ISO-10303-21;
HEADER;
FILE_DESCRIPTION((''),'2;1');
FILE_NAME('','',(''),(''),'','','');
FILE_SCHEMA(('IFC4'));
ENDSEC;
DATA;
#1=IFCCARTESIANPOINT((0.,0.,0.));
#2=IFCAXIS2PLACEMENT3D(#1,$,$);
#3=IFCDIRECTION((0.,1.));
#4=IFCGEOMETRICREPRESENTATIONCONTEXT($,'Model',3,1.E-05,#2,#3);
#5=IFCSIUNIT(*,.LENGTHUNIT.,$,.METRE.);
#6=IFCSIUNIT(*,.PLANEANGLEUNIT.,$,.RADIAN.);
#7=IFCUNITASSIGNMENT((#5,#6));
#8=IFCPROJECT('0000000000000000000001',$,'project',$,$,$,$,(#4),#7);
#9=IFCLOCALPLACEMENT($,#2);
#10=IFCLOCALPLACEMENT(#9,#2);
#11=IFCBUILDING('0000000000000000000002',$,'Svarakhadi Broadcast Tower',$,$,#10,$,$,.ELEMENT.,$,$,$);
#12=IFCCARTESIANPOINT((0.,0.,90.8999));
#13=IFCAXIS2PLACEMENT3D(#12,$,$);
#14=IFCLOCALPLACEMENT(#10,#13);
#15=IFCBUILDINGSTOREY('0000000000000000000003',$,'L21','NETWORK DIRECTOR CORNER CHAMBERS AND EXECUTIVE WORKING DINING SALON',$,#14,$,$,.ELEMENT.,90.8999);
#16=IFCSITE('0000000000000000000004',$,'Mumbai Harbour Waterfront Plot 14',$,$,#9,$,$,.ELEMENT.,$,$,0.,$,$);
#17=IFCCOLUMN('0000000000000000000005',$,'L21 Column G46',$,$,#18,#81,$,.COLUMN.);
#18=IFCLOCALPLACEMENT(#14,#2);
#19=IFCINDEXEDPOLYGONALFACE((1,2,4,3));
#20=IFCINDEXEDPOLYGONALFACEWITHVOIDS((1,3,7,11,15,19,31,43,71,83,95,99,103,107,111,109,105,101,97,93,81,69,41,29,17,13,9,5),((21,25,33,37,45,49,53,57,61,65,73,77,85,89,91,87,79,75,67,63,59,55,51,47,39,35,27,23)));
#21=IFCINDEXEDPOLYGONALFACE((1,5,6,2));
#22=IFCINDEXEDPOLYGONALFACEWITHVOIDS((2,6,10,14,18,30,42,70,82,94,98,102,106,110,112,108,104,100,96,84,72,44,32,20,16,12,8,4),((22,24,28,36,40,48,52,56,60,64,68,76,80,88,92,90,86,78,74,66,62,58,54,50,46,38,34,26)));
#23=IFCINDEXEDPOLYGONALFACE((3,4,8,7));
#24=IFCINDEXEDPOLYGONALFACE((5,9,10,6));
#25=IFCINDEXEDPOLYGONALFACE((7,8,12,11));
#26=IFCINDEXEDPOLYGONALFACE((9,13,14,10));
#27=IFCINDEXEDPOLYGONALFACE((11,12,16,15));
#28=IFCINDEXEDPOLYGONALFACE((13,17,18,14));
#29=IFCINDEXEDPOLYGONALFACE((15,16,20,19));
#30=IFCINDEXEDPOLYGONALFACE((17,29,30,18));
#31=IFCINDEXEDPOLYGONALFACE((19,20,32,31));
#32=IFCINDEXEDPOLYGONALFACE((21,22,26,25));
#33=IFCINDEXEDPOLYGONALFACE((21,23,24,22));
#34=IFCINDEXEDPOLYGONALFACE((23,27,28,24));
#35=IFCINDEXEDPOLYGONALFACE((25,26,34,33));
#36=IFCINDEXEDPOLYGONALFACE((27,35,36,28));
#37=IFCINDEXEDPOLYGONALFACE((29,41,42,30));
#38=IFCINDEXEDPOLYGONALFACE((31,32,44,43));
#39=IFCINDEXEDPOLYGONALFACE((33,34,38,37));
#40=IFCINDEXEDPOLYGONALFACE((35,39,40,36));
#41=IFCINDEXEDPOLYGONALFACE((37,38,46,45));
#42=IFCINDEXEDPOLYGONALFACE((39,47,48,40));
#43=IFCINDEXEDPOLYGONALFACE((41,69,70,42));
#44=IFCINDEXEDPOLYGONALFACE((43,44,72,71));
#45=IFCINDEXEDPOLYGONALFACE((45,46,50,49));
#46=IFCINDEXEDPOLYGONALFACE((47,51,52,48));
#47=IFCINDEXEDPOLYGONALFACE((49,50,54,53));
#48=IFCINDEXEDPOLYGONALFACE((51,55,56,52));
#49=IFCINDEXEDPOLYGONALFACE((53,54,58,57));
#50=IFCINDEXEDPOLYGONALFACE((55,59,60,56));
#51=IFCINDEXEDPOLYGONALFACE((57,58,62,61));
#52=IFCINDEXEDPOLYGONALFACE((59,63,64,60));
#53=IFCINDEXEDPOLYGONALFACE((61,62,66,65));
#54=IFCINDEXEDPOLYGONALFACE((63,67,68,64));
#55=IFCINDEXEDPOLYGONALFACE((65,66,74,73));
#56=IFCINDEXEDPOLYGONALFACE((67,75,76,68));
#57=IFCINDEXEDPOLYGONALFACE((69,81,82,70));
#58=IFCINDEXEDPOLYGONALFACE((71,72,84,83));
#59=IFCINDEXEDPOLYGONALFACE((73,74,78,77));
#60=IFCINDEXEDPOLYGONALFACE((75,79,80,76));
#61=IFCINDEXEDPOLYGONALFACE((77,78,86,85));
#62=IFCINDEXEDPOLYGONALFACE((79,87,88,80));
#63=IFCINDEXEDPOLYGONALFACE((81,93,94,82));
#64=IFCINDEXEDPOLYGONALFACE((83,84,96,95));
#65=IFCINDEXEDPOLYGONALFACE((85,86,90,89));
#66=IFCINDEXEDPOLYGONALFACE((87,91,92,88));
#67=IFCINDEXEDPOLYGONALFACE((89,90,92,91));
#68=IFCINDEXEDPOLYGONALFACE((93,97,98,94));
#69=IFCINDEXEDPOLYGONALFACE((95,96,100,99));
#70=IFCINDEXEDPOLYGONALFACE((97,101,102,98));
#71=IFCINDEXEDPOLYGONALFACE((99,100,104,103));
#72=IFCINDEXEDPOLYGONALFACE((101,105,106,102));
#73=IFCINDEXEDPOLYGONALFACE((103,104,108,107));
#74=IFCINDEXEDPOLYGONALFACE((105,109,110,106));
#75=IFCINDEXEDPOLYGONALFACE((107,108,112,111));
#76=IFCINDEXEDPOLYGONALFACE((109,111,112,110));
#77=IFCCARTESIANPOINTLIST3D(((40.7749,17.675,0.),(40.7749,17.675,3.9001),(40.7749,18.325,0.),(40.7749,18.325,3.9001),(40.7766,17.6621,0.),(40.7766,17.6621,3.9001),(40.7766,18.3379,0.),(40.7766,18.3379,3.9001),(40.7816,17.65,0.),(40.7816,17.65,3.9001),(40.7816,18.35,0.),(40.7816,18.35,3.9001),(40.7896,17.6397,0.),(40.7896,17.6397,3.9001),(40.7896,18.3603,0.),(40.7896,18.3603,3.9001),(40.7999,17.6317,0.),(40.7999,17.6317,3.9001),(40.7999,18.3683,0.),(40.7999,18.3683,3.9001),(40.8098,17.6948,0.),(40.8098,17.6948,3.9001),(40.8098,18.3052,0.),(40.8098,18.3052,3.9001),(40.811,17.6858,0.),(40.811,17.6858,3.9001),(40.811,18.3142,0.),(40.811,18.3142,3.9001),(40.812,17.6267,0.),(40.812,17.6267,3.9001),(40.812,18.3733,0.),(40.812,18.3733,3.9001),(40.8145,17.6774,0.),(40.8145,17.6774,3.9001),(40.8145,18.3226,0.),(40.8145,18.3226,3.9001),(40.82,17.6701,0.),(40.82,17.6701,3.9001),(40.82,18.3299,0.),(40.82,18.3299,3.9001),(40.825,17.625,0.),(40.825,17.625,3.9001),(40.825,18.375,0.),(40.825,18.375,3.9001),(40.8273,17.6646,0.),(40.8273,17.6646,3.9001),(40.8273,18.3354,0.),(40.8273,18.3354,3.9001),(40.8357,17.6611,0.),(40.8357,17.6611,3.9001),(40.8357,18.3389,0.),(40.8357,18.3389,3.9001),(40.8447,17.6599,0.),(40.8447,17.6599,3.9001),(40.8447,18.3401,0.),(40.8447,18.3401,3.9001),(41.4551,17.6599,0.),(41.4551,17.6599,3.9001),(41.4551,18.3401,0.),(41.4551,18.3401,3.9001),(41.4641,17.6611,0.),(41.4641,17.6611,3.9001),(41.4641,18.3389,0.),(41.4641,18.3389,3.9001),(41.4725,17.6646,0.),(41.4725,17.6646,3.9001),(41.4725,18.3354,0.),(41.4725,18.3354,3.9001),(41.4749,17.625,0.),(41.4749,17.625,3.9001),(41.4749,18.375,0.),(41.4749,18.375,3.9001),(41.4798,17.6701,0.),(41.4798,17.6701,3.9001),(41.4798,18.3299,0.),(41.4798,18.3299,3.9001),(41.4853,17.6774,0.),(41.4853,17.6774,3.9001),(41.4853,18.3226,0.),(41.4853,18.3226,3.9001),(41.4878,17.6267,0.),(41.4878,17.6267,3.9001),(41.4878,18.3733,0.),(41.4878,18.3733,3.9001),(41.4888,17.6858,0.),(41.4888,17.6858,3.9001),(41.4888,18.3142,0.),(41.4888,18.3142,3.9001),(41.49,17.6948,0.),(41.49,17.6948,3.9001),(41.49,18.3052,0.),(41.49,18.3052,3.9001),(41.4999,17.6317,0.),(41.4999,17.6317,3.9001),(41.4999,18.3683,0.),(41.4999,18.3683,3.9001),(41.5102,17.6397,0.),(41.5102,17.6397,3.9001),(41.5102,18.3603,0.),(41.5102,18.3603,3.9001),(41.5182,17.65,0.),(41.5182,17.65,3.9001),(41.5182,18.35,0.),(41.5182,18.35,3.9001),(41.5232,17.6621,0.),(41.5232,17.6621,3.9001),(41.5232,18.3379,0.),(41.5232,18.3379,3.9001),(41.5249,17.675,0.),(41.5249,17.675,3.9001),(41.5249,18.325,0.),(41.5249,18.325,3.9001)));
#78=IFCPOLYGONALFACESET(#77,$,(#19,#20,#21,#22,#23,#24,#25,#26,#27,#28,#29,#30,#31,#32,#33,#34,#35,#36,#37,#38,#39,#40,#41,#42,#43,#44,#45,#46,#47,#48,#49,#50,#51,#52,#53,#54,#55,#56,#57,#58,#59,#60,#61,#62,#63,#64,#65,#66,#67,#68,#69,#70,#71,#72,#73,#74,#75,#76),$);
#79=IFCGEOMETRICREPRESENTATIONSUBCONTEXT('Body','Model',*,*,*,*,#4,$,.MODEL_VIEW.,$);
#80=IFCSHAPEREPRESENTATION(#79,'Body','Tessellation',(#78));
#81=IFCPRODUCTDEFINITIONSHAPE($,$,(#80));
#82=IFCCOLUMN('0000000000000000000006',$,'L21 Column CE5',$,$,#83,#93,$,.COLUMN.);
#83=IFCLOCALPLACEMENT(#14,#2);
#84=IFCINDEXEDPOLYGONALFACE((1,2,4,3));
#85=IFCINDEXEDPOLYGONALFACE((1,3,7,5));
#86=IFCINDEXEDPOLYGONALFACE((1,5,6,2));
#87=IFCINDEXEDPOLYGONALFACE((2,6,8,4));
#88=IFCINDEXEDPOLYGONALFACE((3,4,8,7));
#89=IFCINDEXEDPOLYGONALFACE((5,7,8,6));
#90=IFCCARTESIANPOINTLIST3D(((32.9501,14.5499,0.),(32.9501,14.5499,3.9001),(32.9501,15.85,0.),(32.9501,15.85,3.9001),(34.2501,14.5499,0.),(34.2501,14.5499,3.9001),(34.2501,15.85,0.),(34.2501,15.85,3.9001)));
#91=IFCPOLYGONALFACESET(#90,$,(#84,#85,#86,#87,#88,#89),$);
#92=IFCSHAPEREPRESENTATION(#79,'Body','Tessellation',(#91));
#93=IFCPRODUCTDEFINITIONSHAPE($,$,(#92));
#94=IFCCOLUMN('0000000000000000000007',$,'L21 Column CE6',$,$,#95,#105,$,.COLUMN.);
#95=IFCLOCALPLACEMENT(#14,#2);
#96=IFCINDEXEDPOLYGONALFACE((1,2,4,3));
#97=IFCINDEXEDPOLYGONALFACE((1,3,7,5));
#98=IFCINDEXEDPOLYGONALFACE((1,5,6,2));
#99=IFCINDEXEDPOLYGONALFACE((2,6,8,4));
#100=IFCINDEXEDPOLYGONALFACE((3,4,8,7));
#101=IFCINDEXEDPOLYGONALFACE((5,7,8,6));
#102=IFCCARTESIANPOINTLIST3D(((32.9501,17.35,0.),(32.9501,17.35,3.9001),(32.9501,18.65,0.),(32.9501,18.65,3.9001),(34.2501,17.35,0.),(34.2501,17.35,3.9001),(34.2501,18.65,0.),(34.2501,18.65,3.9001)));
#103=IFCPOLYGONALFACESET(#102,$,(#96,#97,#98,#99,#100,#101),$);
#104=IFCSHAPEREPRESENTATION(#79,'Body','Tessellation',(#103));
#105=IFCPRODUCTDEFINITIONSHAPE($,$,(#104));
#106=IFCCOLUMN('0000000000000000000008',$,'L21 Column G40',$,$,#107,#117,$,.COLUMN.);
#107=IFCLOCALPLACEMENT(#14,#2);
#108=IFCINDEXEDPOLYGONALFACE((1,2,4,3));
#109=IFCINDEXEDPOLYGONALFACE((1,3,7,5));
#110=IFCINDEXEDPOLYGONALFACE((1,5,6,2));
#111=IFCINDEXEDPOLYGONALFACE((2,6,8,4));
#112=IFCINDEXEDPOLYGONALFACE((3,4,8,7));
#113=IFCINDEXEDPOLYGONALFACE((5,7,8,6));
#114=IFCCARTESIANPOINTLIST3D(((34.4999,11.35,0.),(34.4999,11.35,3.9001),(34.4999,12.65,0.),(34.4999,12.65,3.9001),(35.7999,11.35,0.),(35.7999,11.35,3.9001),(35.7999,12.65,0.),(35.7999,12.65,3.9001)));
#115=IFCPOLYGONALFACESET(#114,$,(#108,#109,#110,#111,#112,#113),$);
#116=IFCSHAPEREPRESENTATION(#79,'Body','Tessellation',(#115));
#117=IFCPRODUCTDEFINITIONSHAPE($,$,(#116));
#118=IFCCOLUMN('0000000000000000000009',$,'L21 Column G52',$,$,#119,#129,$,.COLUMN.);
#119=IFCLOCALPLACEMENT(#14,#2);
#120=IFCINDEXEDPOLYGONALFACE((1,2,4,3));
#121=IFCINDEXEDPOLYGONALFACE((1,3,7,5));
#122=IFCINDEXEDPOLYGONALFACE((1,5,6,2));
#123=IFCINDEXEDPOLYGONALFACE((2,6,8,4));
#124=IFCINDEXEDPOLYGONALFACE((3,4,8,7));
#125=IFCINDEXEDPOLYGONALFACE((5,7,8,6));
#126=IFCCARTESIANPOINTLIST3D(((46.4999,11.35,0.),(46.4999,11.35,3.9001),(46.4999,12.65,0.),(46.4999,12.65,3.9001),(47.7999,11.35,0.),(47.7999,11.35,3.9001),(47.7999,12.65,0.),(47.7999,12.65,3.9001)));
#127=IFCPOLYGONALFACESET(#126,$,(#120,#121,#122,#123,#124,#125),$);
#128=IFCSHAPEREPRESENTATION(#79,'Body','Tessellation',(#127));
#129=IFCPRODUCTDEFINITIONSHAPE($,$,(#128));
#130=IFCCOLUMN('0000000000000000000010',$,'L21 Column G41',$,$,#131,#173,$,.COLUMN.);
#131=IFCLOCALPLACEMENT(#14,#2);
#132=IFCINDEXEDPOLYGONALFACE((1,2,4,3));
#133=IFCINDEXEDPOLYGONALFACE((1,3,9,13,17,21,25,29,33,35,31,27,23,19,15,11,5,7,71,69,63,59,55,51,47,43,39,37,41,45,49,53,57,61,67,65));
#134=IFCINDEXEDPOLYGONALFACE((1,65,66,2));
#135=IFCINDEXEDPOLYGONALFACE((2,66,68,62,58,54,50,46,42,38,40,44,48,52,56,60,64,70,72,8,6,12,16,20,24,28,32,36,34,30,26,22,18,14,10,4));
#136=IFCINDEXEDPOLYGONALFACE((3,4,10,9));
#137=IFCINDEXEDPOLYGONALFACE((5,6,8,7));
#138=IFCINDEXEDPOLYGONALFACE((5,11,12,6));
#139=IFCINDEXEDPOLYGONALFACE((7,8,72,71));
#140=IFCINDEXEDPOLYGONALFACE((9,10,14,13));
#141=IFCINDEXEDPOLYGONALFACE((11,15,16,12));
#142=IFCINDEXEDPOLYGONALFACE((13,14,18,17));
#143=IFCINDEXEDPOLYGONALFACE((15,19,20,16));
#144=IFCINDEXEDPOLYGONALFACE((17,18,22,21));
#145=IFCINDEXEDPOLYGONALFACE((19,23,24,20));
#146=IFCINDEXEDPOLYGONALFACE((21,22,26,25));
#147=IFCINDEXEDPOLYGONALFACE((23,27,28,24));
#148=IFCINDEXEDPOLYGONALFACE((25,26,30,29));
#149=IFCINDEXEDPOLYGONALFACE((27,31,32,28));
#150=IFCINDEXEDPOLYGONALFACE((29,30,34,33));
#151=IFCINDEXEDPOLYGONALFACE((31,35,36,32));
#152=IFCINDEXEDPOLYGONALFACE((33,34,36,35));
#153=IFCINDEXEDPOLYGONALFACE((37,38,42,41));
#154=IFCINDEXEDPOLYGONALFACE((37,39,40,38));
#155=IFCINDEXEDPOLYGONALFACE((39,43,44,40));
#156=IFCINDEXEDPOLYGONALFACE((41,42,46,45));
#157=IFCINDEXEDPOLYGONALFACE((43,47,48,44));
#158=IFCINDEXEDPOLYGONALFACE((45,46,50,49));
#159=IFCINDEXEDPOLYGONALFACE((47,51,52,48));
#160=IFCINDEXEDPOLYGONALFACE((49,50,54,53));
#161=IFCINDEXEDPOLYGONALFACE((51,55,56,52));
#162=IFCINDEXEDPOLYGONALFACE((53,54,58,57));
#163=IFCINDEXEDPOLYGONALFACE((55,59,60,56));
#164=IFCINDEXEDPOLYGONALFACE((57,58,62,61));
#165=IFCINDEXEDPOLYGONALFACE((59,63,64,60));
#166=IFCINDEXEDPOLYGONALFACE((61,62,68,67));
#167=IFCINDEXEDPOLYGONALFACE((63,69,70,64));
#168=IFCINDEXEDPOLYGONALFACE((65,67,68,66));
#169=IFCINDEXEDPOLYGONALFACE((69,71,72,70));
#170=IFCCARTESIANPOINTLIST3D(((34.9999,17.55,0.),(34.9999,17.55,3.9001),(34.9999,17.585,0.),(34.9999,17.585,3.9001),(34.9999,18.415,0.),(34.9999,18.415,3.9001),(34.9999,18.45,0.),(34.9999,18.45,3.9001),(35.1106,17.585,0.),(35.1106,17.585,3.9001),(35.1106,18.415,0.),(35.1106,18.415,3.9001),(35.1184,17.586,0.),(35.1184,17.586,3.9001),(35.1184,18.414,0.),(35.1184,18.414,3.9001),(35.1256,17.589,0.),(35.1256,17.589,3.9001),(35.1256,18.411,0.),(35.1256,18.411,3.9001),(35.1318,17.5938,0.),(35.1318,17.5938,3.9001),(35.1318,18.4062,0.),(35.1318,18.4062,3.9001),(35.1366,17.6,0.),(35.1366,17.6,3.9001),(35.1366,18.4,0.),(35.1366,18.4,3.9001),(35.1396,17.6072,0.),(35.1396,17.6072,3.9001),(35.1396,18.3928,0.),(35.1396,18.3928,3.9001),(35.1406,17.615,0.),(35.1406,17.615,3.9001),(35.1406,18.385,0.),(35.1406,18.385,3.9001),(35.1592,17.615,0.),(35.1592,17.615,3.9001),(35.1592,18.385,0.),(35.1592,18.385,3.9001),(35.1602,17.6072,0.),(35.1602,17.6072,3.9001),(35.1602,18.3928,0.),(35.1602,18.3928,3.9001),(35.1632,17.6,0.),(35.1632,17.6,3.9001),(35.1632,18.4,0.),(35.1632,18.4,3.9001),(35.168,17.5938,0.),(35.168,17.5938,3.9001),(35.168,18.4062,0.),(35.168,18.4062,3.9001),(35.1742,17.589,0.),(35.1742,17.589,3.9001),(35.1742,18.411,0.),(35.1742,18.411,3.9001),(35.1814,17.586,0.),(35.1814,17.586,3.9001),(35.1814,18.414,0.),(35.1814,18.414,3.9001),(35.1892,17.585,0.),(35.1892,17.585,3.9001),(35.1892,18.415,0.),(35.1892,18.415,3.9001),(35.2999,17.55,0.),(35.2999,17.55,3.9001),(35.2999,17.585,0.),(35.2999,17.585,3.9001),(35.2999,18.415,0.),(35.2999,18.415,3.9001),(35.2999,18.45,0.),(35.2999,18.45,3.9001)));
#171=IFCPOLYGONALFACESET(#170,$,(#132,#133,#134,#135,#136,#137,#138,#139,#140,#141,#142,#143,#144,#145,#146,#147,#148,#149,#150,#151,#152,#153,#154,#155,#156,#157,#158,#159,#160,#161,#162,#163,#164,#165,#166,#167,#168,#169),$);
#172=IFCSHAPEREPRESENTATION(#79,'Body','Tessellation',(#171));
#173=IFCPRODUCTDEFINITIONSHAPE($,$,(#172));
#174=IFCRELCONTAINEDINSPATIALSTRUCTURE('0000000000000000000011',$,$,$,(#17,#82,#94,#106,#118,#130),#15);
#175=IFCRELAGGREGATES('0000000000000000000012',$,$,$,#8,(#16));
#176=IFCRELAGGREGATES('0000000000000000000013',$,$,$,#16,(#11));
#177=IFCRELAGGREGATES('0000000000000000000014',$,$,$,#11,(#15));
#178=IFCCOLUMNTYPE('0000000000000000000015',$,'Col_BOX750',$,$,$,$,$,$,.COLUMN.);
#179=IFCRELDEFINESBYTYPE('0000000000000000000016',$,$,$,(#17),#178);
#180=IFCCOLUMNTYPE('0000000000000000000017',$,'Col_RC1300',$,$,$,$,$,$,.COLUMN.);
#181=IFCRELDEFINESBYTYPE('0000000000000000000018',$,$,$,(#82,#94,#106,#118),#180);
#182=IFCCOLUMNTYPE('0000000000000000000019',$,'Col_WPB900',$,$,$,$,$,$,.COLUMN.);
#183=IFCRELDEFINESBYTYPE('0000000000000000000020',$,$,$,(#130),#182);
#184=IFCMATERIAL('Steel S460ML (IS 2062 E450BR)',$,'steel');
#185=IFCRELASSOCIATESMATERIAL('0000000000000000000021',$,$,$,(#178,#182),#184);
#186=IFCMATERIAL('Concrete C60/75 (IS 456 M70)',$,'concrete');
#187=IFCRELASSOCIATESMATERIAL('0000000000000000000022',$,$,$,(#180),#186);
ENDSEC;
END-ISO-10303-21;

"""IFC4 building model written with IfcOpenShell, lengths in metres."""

from ifc_helpers import new_model, si_unit, direction, frame, origin, origin_2d, place, context, subcontext, project, spatial, rectangle, hollow_rectangle, i_section, extrude, material, material_profile, profile_set, type_object, element, save


model = new_model("IFC4")

# Units and contexts
model_context = context("Model", 3, precision=1e-05, world=origin(), true_north=direction((0.0, 1.0)))
body_context = subcontext(model_context, "Body", "Model", "MODEL_VIEW")
ifc_project = project(units=[si_unit("LENGTHUNIT", "METRE"), si_unit("PLANEANGLEUNIT", "RADIAN")], contexts=[model_context])

# Site, building, storey
site_placement = place(None, origin())
site = spatial("IfcSite", under=ifc_project, at=site_placement, Name="Mumbai Harbour Waterfront Plot 14", CompositionType="ELEMENT", RefElevation=0.0)
building_placement = place(site_placement, origin())
building = spatial("IfcBuilding", under=site, at=building_placement, Name="Svarakhadi Broadcast Tower", CompositionType="ELEMENT")
storey_placement = place(building_placement, frame((0.0, 0.0, 90.8999)))
storey = spatial("IfcBuildingStorey", under=building, at=storey_placement, Name="L21", Description="NETWORK DIRECTOR CORNER CHAMBERS AND EXECUTIVE WORKING DINING SALON", CompositionType="ELEMENT", Elevation=90.8999)

# Columns
ifc_material_1 = material(Name="Steel S460ML (IS 2062 E450BR)", Category="steel")
ifc_material_profile_1 = material_profile(ifc_material_1, hollow_rectangle(XDim=0.75, YDim=0.75, WallThickness=0.0349, InnerFilletRadius=0.0349, OuterFilletRadius=0.05, at=origin_2d()), Name="BOX 750x750x35")
ifc_profile_set_1 = profile_set([ifc_material_profile_1], Name="Steel S460ML (IS 2062 E450BR)")
column_type_1 = type_object("IfcColumnType", Name="Col_BOX750", PredefinedType="COLUMN", material=ifc_profile_set_1)
column_placement = place(storey_placement, frame((41.1499, 18.0, 0.0), z_axis=(0.0, 0.0, 1.0), x_axis=(1.0, 0.0, 0.0)))
element("IfcColumn", 1, at=column_placement, inside=storey, type_object=column_type_1, Name="L21 Column G46", PredefinedType="COLUMN", context=body_context, shape_type="SweptSolid", body=[
    extrude(hollow_rectangle(XDim=0.75, YDim=0.75, WallThickness=0.0349, InnerFilletRadius=0.0349, OuterFilletRadius=0.05, at=origin_2d()), origin(), (0.0, 0.0, 1.0), 3.9001),
])
ifc_material_2 = material(Name="Concrete C60/75 (IS 456 M70)", Category="concrete")
ifc_material_profile_2 = material_profile(ifc_material_2, rectangle(XDim=1.3, YDim=1.3, at=origin_2d()), Name="RC 1300x1300")
ifc_profile_set_2 = profile_set([ifc_material_profile_2], Name="Concrete C60/75 (IS 456 M70)")
column_type_2 = type_object("IfcColumnType", Name="Col_RC1300", PredefinedType="COLUMN", material=ifc_profile_set_2)
for number, where, z_axis, x_axis, name in (
    (2, (33.6001, 15.2, 0.0), (0.0, 0.0, 1.0), (1.0, 0.0, 0.0), "L21 Column CE5"),
    (3, (33.6001, 18.0, 0.0), (0.0, 0.0, 1.0), (1.0, 0.0, 0.0), "L21 Column CE6"),
    (4, (35.1499, 12.0, 0.0), (0.0, 0.0, 1.0), (1.0, 0.0, 0.0), "L21 Column G40"),
    (5, (47.1499, 12.0, 0.0), (0.0, 0.0, 1.0), (1.0, 0.0, 0.0), "L21 Column G52"),
):
    element("IfcColumn", number, at=place(storey_placement, frame(where, z_axis=z_axis, x_axis=x_axis)), inside=storey, type_object=column_type_2, Name=name, PredefinedType="COLUMN", context=body_context, shape_type="SweptSolid", body=[
        extrude(rectangle(XDim=1.3, YDim=1.3, at=origin_2d()), origin(), (0.0, 0.0, 1.0), 3.9001),
    ])
ifc_material_profile_3 = material_profile(ifc_material_1, i_section(OverallWidth=0.3, OverallDepth=0.8999, WebThickness=0.0186, FlangeThickness=0.0349, FilletRadius=0.03, at=origin_2d()), Name="WPB 900x300x291")
ifc_profile_set_3 = profile_set([ifc_material_profile_3], Name="Steel S460ML (IS 2062 E450BR)")
column_type_3 = type_object("IfcColumnType", Name="Col_WPB900", PredefinedType="COLUMN", material=ifc_profile_set_3)
for number, where, z_axis, x_axis, name in (
    (6, (35.1499, 18.0, 0.0), (0.0, 0.0, 1.0), (1.0, 0.0, 0.0), "L21 Column G41"),
):
    element("IfcColumn", number, at=place(storey_placement, frame(where, z_axis=z_axis, x_axis=x_axis)), inside=storey, type_object=column_type_3, Name=name, PredefinedType="COLUMN", context=body_context, shape_type="SweptSolid", body=[
        extrude(i_section(OverallWidth=0.3, OverallDepth=0.8999, WebThickness=0.0186, FlangeThickness=0.0349, FilletRadius=0.03, at=origin_2d()), origin(), (0.0, 0.0, 1.0), 3.9001),
    ])

save(model, "model.ifc")
